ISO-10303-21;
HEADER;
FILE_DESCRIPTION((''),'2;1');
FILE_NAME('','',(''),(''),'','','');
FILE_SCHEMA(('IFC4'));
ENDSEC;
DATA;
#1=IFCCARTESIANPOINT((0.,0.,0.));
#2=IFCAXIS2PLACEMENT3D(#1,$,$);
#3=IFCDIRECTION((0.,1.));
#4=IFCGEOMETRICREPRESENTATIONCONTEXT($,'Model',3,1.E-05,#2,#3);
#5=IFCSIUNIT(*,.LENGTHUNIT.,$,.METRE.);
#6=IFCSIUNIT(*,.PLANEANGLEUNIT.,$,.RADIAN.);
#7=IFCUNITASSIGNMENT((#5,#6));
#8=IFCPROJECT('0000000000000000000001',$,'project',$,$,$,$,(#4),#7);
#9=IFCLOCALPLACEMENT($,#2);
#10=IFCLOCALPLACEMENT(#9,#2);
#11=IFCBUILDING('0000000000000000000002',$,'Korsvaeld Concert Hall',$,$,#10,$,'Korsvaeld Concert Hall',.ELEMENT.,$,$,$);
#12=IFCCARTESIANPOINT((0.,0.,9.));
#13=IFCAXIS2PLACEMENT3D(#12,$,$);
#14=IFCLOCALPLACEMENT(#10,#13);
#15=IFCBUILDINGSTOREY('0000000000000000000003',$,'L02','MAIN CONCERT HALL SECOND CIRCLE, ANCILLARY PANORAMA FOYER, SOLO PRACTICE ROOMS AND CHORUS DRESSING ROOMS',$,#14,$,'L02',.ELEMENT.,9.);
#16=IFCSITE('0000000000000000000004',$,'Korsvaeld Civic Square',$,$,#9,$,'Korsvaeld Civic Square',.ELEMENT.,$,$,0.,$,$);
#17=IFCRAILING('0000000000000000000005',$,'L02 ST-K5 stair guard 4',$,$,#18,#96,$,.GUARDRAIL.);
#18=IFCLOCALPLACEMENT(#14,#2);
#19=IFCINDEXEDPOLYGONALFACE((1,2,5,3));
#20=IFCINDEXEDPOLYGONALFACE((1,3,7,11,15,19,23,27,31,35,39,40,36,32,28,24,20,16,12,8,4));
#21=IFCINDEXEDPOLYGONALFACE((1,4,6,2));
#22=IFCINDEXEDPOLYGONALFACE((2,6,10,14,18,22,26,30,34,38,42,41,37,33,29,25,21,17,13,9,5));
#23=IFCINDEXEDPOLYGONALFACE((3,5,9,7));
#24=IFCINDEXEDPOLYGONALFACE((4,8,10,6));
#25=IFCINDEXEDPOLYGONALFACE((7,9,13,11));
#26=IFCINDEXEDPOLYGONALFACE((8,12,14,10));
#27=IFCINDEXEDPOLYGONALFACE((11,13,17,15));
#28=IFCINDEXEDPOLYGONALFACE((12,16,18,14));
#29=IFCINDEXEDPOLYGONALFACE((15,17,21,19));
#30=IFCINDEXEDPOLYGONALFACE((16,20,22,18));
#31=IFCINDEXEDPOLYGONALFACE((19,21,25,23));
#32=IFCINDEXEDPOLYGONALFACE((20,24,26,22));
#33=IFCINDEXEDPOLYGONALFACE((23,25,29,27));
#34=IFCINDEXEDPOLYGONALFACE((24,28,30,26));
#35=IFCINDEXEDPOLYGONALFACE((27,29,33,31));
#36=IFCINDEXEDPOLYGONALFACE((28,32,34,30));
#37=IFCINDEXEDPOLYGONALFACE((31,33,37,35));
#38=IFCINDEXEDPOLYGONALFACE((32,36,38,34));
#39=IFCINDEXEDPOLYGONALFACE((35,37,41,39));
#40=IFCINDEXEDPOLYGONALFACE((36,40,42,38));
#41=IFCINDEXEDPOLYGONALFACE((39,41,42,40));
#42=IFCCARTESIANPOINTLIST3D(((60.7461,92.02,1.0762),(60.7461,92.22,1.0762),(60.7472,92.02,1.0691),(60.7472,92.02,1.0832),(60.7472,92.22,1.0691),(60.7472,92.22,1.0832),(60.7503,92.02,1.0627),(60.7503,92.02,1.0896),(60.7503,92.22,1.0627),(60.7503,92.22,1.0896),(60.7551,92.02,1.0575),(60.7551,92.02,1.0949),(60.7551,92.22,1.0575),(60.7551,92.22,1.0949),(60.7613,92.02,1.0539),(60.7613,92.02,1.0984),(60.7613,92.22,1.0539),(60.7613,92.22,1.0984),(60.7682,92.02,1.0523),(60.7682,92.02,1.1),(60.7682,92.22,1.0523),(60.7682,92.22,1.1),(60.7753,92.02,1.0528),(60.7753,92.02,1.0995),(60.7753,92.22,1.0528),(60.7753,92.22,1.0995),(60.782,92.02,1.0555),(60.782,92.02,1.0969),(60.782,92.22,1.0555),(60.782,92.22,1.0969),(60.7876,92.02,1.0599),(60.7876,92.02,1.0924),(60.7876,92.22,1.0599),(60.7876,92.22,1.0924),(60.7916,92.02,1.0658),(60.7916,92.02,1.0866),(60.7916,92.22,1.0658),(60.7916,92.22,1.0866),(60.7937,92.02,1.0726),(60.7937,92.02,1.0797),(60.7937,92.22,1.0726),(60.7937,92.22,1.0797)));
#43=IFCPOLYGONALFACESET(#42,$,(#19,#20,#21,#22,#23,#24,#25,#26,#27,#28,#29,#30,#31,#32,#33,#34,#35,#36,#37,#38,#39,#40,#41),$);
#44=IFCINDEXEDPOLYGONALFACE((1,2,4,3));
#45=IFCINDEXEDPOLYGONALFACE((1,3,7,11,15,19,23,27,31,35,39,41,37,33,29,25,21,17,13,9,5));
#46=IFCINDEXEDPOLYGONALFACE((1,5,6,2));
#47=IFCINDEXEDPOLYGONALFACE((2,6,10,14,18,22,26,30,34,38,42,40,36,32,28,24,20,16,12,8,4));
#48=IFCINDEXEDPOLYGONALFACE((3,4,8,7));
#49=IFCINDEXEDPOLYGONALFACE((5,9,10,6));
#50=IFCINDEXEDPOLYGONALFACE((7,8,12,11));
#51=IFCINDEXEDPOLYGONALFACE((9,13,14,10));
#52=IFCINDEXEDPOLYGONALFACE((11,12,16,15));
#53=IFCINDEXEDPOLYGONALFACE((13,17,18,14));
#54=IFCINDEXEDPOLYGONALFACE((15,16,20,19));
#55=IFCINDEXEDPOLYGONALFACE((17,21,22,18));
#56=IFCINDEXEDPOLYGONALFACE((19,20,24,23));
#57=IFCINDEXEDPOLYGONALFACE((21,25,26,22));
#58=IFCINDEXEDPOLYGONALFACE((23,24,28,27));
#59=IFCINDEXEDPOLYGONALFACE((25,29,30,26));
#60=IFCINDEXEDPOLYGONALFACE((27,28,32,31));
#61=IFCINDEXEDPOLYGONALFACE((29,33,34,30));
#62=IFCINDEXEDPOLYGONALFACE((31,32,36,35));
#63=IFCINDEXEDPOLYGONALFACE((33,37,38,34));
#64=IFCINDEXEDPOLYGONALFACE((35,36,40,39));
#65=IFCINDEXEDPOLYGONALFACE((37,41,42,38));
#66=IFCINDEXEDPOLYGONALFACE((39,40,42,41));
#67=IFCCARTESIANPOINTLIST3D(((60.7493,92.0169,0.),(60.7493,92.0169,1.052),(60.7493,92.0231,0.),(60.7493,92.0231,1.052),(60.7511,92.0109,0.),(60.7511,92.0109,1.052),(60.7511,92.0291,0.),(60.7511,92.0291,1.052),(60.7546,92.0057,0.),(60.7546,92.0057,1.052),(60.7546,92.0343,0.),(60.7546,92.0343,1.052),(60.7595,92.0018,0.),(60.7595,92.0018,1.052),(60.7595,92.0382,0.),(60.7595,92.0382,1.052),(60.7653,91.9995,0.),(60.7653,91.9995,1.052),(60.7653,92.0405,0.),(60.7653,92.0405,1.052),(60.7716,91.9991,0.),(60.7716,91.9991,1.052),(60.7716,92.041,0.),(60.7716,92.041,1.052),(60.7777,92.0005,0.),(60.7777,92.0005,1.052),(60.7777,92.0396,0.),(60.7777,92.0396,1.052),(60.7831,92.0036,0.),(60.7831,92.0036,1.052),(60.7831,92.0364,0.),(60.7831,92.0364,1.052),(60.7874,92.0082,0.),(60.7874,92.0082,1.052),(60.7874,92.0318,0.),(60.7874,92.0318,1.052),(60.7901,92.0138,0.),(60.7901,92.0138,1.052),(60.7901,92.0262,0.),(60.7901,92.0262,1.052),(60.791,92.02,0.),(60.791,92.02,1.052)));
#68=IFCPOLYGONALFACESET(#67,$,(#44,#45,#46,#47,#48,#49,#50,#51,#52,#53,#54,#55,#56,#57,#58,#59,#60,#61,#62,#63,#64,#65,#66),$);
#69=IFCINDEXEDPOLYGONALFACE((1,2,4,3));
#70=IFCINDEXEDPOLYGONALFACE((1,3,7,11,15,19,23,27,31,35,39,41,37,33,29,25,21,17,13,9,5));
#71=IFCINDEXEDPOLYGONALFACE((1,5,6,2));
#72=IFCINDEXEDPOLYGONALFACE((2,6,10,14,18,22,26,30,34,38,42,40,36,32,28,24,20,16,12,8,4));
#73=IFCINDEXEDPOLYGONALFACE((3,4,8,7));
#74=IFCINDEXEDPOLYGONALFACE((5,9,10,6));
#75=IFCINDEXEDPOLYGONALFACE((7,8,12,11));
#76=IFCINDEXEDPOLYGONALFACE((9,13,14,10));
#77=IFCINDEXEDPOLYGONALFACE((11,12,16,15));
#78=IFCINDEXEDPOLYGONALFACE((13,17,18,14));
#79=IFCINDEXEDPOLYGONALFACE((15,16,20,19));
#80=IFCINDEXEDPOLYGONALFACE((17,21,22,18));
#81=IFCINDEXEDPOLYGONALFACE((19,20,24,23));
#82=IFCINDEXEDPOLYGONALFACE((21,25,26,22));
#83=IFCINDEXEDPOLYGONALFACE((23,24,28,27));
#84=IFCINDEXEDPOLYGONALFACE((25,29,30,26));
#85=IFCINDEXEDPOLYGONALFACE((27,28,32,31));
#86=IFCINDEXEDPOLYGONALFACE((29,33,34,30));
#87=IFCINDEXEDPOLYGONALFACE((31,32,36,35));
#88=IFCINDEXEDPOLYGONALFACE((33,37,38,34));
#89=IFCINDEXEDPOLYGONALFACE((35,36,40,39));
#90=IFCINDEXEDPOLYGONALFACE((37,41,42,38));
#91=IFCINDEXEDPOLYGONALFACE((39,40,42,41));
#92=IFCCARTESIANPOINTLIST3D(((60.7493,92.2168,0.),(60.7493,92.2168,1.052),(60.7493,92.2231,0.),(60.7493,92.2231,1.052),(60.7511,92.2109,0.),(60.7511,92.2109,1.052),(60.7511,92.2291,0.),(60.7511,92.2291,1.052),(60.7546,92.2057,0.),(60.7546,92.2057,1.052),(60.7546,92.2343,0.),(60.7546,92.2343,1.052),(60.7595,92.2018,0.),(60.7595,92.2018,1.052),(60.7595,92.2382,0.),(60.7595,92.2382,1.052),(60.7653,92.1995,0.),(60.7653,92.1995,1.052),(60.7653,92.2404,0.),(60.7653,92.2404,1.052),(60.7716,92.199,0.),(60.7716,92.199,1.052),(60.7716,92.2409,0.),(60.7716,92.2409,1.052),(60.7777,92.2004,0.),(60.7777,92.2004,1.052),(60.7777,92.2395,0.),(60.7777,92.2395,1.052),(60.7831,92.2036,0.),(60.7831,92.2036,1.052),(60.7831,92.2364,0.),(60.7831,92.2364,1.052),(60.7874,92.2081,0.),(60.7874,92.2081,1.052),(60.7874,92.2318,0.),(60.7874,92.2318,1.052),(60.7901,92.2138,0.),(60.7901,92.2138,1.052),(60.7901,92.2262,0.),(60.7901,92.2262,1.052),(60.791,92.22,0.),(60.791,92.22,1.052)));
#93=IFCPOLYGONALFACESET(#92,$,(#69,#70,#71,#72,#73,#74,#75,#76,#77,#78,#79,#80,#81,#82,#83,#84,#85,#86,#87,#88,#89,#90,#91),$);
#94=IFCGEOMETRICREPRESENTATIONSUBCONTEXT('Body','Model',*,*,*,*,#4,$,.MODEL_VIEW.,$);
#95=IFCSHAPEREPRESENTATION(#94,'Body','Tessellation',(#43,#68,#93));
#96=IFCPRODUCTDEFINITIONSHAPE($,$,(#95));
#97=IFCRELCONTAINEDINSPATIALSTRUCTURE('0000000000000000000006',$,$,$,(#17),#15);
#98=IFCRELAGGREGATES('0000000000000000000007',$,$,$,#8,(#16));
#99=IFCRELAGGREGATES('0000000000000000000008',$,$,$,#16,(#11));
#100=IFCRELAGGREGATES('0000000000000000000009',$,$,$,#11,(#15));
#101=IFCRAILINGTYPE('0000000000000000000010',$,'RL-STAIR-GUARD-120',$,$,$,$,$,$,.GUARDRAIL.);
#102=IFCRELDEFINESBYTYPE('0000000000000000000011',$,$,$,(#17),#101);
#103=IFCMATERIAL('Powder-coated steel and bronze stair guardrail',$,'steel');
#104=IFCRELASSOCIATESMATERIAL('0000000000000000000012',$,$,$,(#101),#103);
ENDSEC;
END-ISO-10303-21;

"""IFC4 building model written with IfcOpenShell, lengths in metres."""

from ifc_helpers import new_model, si_unit, direction, frame, origin, origin_2d, place, context, subcontext, project, spatial, circle, extrude, material, type_object, element, save


model = new_model("IFC4")

# Units and contexts
model_context = context("Model", 3, precision=1e-05, world=origin(), true_north=direction((0.0, 1.0)))
body_context = subcontext(model_context, "Body", "Model", "MODEL_VIEW")
ifc_project = project(units=[si_unit("LENGTHUNIT", "METRE"), si_unit("PLANEANGLEUNIT", "RADIAN")], contexts=[model_context])

# Site, building, storey
site_placement = place(None, origin())
site = spatial("IfcSite", under=ifc_project, at=site_placement, Name="Korsvaeld Civic Square", LongName="Korsvaeld Civic Square", CompositionType="ELEMENT", RefElevation=0.0)
building_placement = place(site_placement, origin())
building = spatial("IfcBuilding", under=site, at=building_placement, Name="Korsvaeld Concert Hall", LongName="Korsvaeld Concert Hall", CompositionType="ELEMENT")
storey_placement = place(building_placement, frame((0.0, 0.0, 9.0)))
storey = spatial("IfcBuildingStorey", under=building, at=storey_placement, Name="L02", Description="MAIN CONCERT HALL SECOND CIRCLE, ANCILLARY PANORAMA FOYER, SOLO PRACTICE ROOMS AND CHORUS DRESSING ROOMS", LongName="L02", CompositionType="ELEMENT", Elevation=9.0)

# Railing
ifc_material_1 = material(Name="Powder-coated steel and bronze stair guardrail", Category="steel")
railing_type_1 = type_object("IfcRailingType", Name="RL-STAIR-GUARD-120", PredefinedType="GUARDRAIL", material=ifc_material_1)
railing_1_placement = place(storey_placement, frame((60.77, 92.02, 0.0)))
element("IfcRailing", 1, at=railing_1_placement, inside=storey, type_object=railing_type_1, Name="L02 ST-K5 stair guard 4", PredefinedType="GUARDRAIL", context=body_context, shape_type="SweptSolid", body=[
    extrude(circle(Radius=0.0239, at=origin_2d()), frame((0.0, 0.0, 1.0762), z_axis=(0.0, 1.0, 0.0), x_axis=(-1.0, 0.0, 0.0)), (0.0, 0.0, 1.0), 0.2),
    extrude(circle(Radius=0.021, at=origin_2d()), origin(), (0.0, 0.0, 1.0), 1.052),
    extrude(circle(Radius=0.021, at=origin_2d()), frame((0.0, 0.2, 0.0)), (0.0, 0.0, 1.0), 1.052),
])

save(model, "model.ifc")
